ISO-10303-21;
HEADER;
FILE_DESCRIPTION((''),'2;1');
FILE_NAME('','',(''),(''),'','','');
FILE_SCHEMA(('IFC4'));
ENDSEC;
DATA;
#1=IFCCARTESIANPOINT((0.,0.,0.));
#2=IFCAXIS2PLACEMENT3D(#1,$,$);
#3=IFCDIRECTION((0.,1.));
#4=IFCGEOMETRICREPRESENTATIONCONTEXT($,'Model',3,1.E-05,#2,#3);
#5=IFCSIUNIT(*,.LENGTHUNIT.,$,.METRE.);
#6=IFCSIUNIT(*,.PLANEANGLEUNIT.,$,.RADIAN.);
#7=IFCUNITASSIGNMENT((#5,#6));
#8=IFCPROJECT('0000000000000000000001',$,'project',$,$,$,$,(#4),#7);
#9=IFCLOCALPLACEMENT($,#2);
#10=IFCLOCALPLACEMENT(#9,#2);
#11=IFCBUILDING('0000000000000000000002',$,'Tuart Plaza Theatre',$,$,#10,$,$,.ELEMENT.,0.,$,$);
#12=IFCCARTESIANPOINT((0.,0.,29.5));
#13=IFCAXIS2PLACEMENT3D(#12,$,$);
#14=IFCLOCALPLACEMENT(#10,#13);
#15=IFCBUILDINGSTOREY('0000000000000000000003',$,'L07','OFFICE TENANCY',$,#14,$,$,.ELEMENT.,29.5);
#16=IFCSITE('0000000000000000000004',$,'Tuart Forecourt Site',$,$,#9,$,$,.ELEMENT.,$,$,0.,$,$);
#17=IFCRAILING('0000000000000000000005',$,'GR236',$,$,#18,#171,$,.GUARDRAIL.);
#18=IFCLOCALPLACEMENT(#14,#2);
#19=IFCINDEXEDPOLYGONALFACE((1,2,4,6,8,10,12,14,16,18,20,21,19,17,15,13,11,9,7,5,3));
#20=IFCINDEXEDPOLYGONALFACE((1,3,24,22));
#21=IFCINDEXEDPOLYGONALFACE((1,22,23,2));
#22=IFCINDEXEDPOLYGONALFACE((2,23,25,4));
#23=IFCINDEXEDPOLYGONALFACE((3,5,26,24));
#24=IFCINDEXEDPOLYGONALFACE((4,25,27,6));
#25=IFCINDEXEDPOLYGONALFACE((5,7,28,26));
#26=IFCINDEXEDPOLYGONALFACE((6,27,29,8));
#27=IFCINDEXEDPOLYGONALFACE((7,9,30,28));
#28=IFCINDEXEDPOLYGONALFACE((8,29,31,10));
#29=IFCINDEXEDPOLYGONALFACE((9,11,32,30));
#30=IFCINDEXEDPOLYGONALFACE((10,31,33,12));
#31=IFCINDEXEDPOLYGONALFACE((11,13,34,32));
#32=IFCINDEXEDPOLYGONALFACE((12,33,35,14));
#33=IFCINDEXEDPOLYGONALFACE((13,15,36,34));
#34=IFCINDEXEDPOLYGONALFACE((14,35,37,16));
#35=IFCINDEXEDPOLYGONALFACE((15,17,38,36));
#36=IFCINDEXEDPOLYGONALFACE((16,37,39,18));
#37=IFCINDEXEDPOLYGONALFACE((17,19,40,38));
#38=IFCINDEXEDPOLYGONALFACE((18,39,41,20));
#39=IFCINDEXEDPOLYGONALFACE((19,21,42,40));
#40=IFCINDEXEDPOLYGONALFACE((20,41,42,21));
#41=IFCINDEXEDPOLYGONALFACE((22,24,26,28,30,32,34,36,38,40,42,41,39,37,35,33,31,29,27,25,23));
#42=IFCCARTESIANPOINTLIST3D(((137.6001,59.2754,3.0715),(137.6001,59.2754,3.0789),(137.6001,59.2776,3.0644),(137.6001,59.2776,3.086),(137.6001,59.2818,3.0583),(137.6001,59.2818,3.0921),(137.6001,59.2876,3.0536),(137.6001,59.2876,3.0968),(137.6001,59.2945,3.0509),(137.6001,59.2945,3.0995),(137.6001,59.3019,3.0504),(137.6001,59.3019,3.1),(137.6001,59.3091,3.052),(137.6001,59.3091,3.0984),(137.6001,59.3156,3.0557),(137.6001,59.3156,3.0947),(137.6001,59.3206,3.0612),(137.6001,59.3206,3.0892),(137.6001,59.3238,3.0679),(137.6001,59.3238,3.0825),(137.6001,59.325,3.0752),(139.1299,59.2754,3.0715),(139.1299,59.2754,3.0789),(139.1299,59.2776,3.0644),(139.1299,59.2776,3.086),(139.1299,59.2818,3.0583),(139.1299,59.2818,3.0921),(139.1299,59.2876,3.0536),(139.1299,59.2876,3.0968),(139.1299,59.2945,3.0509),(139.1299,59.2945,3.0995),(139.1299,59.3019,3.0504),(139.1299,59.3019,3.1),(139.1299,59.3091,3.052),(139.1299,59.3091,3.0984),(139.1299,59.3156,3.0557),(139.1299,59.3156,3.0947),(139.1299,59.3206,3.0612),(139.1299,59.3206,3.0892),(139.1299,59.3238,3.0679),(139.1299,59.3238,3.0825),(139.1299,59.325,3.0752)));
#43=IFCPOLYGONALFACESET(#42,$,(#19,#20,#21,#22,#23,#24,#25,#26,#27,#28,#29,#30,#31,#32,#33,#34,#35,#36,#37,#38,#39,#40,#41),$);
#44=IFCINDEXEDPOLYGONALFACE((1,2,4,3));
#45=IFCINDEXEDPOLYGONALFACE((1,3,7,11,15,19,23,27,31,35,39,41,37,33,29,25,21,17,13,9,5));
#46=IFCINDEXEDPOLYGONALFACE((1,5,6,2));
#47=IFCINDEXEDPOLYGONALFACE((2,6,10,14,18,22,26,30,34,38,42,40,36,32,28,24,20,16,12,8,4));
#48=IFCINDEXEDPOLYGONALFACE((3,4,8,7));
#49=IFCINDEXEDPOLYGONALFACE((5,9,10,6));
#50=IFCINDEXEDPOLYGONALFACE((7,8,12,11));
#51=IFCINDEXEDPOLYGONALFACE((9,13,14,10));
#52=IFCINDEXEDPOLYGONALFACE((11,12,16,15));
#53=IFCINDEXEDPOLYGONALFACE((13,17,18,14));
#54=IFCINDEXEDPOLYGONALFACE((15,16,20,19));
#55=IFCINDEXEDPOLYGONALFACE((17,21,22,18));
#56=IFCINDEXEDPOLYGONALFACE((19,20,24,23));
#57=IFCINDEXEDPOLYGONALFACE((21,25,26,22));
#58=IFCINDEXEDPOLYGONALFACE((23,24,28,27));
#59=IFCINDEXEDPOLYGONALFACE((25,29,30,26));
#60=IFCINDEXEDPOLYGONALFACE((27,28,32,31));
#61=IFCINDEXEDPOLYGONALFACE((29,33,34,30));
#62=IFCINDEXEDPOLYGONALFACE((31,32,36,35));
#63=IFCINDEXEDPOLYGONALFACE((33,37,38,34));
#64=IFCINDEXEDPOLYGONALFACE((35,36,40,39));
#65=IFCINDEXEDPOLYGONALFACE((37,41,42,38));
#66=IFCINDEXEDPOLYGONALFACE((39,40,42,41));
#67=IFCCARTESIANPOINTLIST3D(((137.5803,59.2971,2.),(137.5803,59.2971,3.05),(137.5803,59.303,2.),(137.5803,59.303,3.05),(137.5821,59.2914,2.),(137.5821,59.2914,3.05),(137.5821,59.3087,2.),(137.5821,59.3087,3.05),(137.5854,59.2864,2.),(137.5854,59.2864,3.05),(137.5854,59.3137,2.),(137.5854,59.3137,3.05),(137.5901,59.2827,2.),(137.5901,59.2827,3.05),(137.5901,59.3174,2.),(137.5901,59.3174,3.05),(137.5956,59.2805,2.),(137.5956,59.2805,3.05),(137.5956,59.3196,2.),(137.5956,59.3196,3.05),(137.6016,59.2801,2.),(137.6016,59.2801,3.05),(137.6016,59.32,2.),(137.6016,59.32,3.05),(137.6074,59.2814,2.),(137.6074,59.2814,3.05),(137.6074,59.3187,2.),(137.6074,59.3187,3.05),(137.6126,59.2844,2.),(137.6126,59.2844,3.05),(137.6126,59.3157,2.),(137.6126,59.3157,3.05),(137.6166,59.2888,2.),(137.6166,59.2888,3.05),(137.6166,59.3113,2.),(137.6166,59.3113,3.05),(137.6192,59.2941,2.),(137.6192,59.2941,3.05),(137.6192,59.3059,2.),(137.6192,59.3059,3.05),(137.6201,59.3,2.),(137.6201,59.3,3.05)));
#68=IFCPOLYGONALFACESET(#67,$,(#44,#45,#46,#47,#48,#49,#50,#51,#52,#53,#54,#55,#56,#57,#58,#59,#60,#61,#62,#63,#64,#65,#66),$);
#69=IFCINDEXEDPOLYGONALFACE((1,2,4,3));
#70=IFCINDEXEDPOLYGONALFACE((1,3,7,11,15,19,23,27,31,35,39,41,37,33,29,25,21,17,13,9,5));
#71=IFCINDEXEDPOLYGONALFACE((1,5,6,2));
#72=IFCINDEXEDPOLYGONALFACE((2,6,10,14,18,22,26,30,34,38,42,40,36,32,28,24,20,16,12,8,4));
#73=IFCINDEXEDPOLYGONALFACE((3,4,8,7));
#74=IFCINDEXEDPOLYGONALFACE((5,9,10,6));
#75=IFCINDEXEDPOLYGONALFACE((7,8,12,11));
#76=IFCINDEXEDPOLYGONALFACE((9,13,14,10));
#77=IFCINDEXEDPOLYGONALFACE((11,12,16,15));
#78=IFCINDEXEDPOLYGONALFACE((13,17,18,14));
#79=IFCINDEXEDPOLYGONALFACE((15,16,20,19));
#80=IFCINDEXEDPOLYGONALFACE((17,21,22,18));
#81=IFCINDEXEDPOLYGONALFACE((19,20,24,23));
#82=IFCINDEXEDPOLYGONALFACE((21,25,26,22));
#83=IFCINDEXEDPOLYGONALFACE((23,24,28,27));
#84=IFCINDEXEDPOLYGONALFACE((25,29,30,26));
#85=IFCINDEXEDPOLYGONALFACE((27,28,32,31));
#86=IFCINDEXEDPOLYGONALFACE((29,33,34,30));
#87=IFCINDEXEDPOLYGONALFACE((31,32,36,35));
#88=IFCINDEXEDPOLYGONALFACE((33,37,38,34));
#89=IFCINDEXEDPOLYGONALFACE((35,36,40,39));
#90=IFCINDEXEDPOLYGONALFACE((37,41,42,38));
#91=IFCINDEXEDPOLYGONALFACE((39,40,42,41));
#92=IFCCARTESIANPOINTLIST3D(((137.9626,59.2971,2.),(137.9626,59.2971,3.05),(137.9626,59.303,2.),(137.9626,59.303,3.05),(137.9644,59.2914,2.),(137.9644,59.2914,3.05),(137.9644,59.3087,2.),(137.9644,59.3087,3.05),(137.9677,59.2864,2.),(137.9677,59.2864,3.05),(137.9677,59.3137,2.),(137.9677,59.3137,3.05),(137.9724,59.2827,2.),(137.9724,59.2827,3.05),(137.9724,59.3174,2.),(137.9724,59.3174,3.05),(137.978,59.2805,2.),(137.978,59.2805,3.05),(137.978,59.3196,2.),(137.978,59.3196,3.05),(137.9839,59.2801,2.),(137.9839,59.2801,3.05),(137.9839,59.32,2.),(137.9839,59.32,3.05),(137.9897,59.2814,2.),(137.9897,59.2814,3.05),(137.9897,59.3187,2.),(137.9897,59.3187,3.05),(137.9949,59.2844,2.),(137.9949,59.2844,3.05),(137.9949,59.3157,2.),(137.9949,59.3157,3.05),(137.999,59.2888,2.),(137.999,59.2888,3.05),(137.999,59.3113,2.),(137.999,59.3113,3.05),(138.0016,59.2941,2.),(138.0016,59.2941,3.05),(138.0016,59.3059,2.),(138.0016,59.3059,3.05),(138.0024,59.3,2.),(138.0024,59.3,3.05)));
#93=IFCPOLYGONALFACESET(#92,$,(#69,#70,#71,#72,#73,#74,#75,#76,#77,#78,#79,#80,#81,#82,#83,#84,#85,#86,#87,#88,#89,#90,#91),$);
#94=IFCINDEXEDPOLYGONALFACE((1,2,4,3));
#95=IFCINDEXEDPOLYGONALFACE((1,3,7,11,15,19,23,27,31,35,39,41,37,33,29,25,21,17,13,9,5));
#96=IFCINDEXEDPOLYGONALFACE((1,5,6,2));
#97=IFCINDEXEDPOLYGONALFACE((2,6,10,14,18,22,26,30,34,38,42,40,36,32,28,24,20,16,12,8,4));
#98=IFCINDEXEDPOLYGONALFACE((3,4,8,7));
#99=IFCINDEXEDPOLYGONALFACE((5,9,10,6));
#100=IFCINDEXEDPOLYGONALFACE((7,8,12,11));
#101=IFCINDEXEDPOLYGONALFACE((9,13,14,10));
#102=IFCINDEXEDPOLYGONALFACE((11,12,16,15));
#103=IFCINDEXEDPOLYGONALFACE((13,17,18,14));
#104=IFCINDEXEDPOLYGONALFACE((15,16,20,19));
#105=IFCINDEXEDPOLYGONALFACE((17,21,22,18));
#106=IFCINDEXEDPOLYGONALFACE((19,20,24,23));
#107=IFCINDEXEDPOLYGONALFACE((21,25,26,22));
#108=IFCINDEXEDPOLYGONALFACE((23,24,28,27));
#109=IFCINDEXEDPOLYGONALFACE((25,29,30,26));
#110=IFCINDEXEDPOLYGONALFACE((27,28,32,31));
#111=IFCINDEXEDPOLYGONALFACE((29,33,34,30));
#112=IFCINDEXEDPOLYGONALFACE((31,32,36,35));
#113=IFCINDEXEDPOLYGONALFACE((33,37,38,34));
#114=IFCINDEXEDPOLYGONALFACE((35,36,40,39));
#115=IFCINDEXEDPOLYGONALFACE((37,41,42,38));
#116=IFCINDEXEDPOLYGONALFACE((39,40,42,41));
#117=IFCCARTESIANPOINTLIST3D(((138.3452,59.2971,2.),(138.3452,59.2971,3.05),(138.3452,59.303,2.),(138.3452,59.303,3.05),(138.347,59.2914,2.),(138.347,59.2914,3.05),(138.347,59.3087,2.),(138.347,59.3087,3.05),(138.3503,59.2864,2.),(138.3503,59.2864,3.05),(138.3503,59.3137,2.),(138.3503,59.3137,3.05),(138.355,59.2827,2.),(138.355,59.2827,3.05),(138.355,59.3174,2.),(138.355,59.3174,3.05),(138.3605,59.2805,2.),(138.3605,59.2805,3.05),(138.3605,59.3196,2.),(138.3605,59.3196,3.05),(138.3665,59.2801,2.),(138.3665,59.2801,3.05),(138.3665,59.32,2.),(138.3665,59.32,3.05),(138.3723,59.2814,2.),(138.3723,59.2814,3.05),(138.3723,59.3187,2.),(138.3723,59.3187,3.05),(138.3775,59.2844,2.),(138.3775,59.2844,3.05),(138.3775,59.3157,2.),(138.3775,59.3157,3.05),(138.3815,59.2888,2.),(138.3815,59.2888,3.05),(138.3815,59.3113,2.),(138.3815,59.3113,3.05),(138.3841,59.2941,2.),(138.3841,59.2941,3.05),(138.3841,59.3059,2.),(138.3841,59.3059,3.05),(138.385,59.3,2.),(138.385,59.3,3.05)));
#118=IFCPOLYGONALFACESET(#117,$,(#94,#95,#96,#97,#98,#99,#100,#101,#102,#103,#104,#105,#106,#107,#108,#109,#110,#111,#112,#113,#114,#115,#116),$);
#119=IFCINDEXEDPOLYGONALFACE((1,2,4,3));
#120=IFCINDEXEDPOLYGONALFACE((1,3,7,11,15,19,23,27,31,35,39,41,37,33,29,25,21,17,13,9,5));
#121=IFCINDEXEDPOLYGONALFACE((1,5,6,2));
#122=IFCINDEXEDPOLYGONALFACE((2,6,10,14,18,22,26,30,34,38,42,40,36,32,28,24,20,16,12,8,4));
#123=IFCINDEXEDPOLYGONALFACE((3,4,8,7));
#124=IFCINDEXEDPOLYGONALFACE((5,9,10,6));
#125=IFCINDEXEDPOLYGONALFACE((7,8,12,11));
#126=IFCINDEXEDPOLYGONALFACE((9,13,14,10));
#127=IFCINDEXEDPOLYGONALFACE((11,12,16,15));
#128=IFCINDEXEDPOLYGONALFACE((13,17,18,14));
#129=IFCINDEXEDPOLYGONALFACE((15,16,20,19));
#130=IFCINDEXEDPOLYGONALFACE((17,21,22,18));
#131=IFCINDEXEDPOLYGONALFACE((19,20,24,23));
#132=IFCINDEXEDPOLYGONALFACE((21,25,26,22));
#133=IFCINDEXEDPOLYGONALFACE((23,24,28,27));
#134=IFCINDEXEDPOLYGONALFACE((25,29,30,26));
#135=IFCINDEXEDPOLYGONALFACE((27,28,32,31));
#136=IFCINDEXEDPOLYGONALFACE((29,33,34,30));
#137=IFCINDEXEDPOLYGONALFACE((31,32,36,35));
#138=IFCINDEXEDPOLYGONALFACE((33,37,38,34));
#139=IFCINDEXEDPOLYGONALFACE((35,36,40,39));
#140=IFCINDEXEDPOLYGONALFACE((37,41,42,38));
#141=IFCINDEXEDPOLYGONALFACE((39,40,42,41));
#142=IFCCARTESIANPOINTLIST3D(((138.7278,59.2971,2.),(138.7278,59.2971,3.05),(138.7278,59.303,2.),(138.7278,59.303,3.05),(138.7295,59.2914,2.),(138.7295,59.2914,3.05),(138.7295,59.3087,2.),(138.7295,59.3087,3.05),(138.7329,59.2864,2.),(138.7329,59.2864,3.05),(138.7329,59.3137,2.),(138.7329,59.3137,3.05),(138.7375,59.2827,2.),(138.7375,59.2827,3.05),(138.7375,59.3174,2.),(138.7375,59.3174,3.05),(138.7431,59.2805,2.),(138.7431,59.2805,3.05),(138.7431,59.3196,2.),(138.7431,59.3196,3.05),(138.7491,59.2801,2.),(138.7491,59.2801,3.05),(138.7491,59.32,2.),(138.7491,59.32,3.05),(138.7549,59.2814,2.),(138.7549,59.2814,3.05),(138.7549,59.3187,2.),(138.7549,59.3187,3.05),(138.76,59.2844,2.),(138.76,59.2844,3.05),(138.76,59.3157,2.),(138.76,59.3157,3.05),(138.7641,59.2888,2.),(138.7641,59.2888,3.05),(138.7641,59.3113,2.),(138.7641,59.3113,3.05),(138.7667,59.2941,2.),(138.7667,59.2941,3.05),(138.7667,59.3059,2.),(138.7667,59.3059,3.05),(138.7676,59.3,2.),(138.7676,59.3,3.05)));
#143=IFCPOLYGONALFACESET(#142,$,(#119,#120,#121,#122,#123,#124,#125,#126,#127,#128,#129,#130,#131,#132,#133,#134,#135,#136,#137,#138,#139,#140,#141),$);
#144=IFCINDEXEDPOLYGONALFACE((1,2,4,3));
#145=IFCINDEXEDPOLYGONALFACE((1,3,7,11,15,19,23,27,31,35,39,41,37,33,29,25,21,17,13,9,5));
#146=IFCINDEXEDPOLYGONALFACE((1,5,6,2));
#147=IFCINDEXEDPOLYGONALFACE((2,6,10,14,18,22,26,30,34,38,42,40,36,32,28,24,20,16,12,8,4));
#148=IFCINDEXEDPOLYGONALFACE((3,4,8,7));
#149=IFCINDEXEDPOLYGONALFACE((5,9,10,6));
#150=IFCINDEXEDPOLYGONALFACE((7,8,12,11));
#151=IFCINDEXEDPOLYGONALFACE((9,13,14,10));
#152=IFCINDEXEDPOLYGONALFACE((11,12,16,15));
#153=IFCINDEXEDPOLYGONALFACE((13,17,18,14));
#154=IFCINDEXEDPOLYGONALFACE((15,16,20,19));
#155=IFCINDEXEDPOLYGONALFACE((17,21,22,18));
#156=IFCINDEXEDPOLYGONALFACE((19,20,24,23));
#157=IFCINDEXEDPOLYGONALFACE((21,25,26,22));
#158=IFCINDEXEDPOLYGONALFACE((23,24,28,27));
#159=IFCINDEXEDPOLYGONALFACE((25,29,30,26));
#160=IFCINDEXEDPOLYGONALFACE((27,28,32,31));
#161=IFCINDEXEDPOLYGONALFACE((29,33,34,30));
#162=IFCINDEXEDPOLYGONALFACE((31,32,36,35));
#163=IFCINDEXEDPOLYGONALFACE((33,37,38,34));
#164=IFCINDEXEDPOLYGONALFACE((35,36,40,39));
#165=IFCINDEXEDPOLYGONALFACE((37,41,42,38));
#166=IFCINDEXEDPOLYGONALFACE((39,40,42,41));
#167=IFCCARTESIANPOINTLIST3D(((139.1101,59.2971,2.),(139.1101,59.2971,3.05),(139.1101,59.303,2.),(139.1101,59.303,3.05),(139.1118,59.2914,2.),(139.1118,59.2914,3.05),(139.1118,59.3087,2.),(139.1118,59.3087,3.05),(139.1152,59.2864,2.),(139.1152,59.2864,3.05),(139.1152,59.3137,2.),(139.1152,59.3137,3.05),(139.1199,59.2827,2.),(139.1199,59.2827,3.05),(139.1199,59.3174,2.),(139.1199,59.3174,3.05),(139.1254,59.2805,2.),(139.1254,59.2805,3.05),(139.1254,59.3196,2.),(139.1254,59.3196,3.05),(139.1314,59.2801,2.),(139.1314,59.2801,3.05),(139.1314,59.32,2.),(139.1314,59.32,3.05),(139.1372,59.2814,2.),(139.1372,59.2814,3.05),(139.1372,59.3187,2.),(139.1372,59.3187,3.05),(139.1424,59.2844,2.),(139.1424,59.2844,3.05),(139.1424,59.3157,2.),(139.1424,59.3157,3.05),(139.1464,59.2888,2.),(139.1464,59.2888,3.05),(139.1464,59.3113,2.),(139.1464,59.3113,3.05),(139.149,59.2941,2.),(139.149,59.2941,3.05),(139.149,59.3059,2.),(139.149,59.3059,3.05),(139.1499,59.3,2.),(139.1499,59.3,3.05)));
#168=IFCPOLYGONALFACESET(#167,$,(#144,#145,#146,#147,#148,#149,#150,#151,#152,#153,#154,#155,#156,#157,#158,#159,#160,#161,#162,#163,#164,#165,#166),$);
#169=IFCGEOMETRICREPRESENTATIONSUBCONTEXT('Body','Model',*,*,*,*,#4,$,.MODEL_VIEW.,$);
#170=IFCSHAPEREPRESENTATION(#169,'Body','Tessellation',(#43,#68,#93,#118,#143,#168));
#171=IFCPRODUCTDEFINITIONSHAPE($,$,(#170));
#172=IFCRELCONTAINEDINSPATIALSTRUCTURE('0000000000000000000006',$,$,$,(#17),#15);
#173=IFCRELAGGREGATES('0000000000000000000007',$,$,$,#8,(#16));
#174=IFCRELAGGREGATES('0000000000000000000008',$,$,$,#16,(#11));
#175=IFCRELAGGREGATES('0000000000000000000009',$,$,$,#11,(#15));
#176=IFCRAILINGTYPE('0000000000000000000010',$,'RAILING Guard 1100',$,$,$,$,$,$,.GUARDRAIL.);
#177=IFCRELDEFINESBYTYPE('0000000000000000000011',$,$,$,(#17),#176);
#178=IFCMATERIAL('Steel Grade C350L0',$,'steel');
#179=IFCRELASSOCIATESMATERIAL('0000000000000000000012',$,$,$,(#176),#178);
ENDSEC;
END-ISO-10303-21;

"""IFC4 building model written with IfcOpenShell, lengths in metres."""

from ifc_helpers import new_model, si_unit, direction, frame, origin, origin_2d, place, context, subcontext, project, spatial, circle, extrude, material, type_object, element, save


model = new_model("IFC4")

# Units and contexts
model_context = context("Model", 3, precision=1e-05, world=origin(), true_north=direction((0.0, 1.0)))
body_context = subcontext(model_context, "Body", "Model", "MODEL_VIEW")
ifc_project = project(units=[si_unit("LENGTHUNIT", "METRE"), si_unit("PLANEANGLEUNIT", "RADIAN")], contexts=[model_context])

# Site, building, storey
site_placement = place(None, origin())
site = spatial("IfcSite", under=ifc_project, at=site_placement, Name="Tuart Forecourt Site", CompositionType="ELEMENT", RefElevation=0.0)
building_placement = place(site_placement, origin())
building = spatial("IfcBuilding", under=site, at=building_placement, Name="Tuart Plaza Theatre", CompositionType="ELEMENT", ElevationOfRefHeight=0.0)
storey_placement = place(building_placement, frame((0.0, 0.0, 29.5)))
storey = spatial("IfcBuildingStorey", under=building, at=storey_placement, Name="L07", Description="OFFICE TENANCY", CompositionType="ELEMENT", Elevation=29.5)

# Railing
ifc_material_1 = material(Name="Steel Grade C350L0", Category="steel")
railing_type_1 = type_object("IfcRailingType", Name="RAILING Guard 1100", PredefinedType="GUARDRAIL", material=ifc_material_1)
railing_1_placement = place(storey_placement, frame((137.6001, 59.3, 2.0)))
element("IfcRailing", 1, at=railing_1_placement, inside=storey, type_object=railing_type_1, Name="GR236", PredefinedType="GUARDRAIL", context=body_context, shape_type="SweptSolid", body=[
    extrude(circle(Radius=0.0249, at=origin_2d()), frame((0.0, 0.0, 1.0752), z_axis=(1.0, 0.0, 0.0), x_axis=(0.0, 1.0, 0.0)), (0.0, 0.0, 1.0), 1.5298),
    extrude(circle(Radius=0.02, at=origin_2d()), origin(), (0.0, 0.0, 1.0), 1.05),
    extrude(circle(Radius=0.02, at=origin_2d()), frame((0.3823, 0.0, 0.0)), (0.0, 0.0, 1.0), 1.05),
    extrude(circle(Radius=0.02, at=origin_2d()), frame((0.7649, 0.0, 0.0)), (0.0, 0.0, 1.0), 1.05),
    extrude(circle(Radius=0.02, at=origin_2d()), frame((1.1475, 0.0, 0.0)), (0.0, 0.0, 1.0), 1.05),
    extrude(circle(Radius=0.02, at=origin_2d()), frame((1.5298, 0.0, 0.0)), (0.0, 0.0, 1.0), 1.05),
])

save(model, "model.ifc")
